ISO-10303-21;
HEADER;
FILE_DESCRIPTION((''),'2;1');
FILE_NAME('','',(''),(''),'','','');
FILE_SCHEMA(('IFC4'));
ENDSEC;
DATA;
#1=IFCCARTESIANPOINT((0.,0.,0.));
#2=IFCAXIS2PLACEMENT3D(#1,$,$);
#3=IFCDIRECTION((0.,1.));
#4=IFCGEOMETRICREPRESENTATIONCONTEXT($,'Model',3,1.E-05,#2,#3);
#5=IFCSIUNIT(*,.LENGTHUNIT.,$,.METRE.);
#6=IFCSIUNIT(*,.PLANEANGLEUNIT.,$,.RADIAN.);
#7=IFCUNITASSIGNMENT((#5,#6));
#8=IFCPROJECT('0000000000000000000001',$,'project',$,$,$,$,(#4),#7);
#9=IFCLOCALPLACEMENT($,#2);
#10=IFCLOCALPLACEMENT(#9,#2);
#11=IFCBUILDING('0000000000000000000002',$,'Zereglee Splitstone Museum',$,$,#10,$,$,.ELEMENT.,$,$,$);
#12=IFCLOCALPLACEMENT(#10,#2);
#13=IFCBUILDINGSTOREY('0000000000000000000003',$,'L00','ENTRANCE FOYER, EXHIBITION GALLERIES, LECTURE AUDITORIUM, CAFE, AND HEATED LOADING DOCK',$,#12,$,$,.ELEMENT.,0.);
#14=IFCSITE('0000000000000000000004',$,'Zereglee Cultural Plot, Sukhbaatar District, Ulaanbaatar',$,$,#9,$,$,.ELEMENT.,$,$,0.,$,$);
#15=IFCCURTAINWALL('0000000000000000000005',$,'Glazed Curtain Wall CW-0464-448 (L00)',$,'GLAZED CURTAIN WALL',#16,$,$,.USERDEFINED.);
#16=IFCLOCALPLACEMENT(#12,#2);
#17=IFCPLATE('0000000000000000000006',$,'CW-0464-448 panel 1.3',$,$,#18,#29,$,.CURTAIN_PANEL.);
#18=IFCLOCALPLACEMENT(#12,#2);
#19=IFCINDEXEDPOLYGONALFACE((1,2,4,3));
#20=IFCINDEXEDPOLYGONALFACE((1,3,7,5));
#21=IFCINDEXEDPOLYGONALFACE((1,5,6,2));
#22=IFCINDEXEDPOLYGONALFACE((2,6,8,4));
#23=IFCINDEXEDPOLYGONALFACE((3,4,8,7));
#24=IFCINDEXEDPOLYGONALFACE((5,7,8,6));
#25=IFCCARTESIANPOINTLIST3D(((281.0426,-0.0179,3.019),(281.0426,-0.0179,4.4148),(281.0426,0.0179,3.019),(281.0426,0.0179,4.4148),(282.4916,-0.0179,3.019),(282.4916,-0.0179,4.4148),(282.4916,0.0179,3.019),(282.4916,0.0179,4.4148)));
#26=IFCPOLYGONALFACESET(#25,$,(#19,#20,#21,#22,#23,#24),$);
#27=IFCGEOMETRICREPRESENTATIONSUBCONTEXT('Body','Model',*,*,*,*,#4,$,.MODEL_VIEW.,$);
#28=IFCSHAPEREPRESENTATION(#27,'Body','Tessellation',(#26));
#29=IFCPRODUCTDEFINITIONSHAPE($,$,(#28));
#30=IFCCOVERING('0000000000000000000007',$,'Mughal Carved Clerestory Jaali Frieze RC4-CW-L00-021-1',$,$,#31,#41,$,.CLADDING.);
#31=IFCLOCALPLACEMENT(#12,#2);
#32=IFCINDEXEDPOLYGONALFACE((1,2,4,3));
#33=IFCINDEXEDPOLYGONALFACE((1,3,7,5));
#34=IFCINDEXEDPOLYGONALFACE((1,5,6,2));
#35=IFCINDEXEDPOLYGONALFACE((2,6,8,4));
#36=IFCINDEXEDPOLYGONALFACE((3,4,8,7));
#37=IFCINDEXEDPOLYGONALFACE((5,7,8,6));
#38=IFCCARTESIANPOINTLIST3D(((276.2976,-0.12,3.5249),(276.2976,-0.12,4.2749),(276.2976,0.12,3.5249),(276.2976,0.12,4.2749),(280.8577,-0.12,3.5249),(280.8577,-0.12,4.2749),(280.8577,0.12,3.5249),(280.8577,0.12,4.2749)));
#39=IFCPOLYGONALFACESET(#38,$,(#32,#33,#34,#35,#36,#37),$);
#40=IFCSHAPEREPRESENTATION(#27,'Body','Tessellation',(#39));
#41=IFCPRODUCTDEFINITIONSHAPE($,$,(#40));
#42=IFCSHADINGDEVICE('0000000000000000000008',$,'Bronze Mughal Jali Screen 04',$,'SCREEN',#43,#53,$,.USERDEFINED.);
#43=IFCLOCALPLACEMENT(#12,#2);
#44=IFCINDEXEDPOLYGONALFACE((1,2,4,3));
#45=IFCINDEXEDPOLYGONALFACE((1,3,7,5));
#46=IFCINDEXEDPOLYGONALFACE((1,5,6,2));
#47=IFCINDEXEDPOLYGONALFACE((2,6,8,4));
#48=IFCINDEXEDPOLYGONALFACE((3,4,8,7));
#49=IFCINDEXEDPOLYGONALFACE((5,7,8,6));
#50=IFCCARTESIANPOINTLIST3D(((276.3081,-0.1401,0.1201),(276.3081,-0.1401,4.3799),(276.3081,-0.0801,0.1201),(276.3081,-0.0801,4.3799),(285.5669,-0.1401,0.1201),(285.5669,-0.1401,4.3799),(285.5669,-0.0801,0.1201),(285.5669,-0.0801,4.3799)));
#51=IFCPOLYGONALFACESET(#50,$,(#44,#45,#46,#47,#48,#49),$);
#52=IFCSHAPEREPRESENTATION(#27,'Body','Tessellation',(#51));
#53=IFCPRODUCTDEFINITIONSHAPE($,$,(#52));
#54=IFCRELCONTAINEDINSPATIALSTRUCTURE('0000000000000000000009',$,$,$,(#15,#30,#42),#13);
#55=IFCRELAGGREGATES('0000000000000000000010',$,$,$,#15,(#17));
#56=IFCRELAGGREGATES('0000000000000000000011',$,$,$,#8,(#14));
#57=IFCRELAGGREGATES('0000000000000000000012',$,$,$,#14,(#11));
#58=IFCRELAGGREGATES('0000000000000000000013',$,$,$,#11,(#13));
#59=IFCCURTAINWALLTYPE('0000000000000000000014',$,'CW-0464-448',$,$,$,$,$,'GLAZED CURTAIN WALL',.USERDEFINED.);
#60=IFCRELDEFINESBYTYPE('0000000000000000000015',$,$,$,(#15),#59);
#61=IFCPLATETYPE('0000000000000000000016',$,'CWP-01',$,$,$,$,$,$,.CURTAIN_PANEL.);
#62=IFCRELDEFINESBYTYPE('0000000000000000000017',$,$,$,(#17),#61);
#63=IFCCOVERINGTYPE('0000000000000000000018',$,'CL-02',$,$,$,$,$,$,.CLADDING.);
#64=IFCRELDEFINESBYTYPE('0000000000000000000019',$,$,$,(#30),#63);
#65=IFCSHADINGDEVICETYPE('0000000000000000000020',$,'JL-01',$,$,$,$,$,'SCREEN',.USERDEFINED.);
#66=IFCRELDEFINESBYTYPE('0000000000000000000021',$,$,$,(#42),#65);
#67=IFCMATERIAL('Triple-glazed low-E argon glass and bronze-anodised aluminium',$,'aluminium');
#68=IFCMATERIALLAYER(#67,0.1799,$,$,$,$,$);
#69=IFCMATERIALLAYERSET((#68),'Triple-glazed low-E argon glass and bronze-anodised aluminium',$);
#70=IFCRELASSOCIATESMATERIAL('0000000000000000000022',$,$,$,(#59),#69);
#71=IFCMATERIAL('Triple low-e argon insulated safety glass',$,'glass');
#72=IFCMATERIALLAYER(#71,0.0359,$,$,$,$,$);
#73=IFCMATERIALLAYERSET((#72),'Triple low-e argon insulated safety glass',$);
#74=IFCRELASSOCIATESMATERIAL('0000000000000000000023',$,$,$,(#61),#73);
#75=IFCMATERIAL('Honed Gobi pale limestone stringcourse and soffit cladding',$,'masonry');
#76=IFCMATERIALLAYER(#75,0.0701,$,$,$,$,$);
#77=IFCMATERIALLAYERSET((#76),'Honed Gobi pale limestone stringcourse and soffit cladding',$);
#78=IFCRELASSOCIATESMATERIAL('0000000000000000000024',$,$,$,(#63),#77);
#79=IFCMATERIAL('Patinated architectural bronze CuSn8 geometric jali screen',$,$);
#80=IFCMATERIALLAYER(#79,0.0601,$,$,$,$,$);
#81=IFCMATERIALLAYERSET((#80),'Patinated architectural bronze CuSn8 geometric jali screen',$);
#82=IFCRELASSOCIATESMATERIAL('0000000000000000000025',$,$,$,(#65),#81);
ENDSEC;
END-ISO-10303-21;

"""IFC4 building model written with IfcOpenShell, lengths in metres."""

from ifc_helpers import new_model, si_unit, direction, frame, origin, origin_2d, place, context, subcontext, project, spatial, polyline, rectangle, outline, extrude, material, layer, layer_set, type_object, element, aggregate, save


model = new_model("IFC4")

# Units and contexts
model_context = context("Model", 3, precision=1e-05, world=origin(), true_north=direction((0.0, 1.0)))
body_context = subcontext(model_context, "Body", "Model", "MODEL_VIEW")
ifc_project = project(units=[si_unit("LENGTHUNIT", "METRE"), si_unit("PLANEANGLEUNIT", "RADIAN")], contexts=[model_context])

# Site, building, storey
site_placement = place(None, origin())
site = spatial("IfcSite", under=ifc_project, at=site_placement, Name="Zereglee Cultural Plot, Sukhbaatar District, Ulaanbaatar", CompositionType="ELEMENT", RefElevation=0.0)
building_placement = place(site_placement, origin())
building = spatial("IfcBuilding", under=site, at=building_placement, Name="Zereglee Splitstone Museum", CompositionType="ELEMENT")
storey_placement = place(building_placement, origin())
storey = spatial("IfcBuildingStorey", under=building, at=storey_placement, Name="L00", Description="ENTRANCE FOYER, EXHIBITION GALLERIES, LECTURE AUDITORIUM, CAFE, AND HEATED LOADING DOCK", CompositionType="ELEMENT", Elevation=0.0)

# Curtain wall
ifc_material_1 = material(Name="Triple-glazed low-E argon glass and bronze-anodised aluminium", Category="aluminium")
ifc_layer_1 = layer(ifc_material_1, 0.1799)
ifc_layer_set_1 = layer_set([ifc_layer_1], Name="Triple-glazed low-E argon glass and bronze-anodised aluminium")
curtain_wall_type_1 = type_object("IfcCurtainWallType", Name="CW-0464-448", ElementType="GLAZED CURTAIN WALL", PredefinedType="USERDEFINED", material=ifc_layer_set_1)
curtain_wall_1_placement = place(storey_placement, origin())
curtain_wall_1 = element("IfcCurtainWall", 1, at=curtain_wall_1_placement, inside=storey, type_object=curtain_wall_type_1, Name="Glazed Curtain Wall CW-0464-448 (L00)", ObjectType="GLAZED CURTAIN WALL", PredefinedType="USERDEFINED")

# Plate
ifc_material_2 = material(Name="Triple low-e argon insulated safety glass", Category="glass")
ifc_layer_2 = layer(ifc_material_2, 0.0359)
ifc_layer_set_2 = layer_set([ifc_layer_2], Name="Triple low-e argon insulated safety glass")
plate_type = type_object("IfcPlateType", Name="CWP-01", PredefinedType="CURTAIN_PANEL", material=ifc_layer_set_2)
plate_1_placement = place(storey_placement, frame((281.7671, 0.0, 3.019), z_axis=(0.0, 0.0, 1.0), x_axis=(1.0, 0.0, 0.0)))
plate_1 = element("IfcPlate", 2, at=plate_1_placement, type_object=plate_type, Name="CW-0464-448 panel 1.3", PredefinedType="CURTAIN_PANEL", context=body_context, shape_type="SweptSolid", body=[
    extrude(rectangle(XDim=1.449, YDim=0.0359, at=origin_2d()), origin(), (0.0, 0.0, 1.0), 1.3958),
])
aggregate(curtain_wall_1, [plate_1])

# Covering
ifc_material_3 = material(Name="Honed Gobi pale limestone stringcourse and soffit cladding", Category="masonry")
ifc_layer_3 = layer(ifc_material_3, 0.0701)
ifc_layer_set_3 = layer_set([ifc_layer_3], Name="Honed Gobi pale limestone stringcourse and soffit cladding")
covering_type = type_object("IfcCoveringType", Name="CL-02", PredefinedType="CLADDING", material=ifc_layer_set_3)
covering_placement = place(storey_placement, frame((278.5776, 0.0, 3.5249), z_axis=(0.0, 0.0, 1.0), x_axis=(1.0, 0.0, 0.0)))
element("IfcCovering", 3, at=covering_placement, inside=storey, type_object=covering_type, Name="Mughal Carved Clerestory Jaali Frieze RC4-CW-L00-021-1", PredefinedType="CLADDING", context=body_context, shape_type="SweptSolid", body=[
    extrude(rectangle(XDim=4.5601, YDim=0.24, at=origin_2d()), origin(), (0.0, 0.0, 1.0), 0.75),
])

# Shading device
ifc_material_4 = material(Name="Patinated architectural bronze CuSn8 geometric jali screen")
ifc_layer_4 = layer(ifc_material_4, 0.0601)
ifc_layer_set_4 = layer_set([ifc_layer_4], Name="Patinated architectural bronze CuSn8 geometric jali screen")
shading_device_type = type_object("IfcShadingDeviceType", Name="JL-01", ElementType="SCREEN", PredefinedType="USERDEFINED", material=ifc_layer_set_4)
shading_device_placement = place(storey_placement, frame((276.3081, -0.0801, 0.1201), z_axis=(0.0, -1.0, 0.0), x_axis=(1.0, 0.0, 0.0)))
element("IfcShadingDevice", 4, at=shading_device_placement, inside=storey, type_object=shading_device_type, Name="Bronze Mughal Jali Screen 04", ObjectType="SCREEN", PredefinedType="USERDEFINED", context=body_context, shape_type="SweptSolid", body=[
    extrude(outline(polyline([(0.0, 0.0), (9.2588, 0.0), (9.2588, 4.2598), (0.0, 4.2598), (0.0, 0.0)])), origin(), (0.0, 0.0, 1.0), 0.0601),
])

save(model, "model.ifc")
